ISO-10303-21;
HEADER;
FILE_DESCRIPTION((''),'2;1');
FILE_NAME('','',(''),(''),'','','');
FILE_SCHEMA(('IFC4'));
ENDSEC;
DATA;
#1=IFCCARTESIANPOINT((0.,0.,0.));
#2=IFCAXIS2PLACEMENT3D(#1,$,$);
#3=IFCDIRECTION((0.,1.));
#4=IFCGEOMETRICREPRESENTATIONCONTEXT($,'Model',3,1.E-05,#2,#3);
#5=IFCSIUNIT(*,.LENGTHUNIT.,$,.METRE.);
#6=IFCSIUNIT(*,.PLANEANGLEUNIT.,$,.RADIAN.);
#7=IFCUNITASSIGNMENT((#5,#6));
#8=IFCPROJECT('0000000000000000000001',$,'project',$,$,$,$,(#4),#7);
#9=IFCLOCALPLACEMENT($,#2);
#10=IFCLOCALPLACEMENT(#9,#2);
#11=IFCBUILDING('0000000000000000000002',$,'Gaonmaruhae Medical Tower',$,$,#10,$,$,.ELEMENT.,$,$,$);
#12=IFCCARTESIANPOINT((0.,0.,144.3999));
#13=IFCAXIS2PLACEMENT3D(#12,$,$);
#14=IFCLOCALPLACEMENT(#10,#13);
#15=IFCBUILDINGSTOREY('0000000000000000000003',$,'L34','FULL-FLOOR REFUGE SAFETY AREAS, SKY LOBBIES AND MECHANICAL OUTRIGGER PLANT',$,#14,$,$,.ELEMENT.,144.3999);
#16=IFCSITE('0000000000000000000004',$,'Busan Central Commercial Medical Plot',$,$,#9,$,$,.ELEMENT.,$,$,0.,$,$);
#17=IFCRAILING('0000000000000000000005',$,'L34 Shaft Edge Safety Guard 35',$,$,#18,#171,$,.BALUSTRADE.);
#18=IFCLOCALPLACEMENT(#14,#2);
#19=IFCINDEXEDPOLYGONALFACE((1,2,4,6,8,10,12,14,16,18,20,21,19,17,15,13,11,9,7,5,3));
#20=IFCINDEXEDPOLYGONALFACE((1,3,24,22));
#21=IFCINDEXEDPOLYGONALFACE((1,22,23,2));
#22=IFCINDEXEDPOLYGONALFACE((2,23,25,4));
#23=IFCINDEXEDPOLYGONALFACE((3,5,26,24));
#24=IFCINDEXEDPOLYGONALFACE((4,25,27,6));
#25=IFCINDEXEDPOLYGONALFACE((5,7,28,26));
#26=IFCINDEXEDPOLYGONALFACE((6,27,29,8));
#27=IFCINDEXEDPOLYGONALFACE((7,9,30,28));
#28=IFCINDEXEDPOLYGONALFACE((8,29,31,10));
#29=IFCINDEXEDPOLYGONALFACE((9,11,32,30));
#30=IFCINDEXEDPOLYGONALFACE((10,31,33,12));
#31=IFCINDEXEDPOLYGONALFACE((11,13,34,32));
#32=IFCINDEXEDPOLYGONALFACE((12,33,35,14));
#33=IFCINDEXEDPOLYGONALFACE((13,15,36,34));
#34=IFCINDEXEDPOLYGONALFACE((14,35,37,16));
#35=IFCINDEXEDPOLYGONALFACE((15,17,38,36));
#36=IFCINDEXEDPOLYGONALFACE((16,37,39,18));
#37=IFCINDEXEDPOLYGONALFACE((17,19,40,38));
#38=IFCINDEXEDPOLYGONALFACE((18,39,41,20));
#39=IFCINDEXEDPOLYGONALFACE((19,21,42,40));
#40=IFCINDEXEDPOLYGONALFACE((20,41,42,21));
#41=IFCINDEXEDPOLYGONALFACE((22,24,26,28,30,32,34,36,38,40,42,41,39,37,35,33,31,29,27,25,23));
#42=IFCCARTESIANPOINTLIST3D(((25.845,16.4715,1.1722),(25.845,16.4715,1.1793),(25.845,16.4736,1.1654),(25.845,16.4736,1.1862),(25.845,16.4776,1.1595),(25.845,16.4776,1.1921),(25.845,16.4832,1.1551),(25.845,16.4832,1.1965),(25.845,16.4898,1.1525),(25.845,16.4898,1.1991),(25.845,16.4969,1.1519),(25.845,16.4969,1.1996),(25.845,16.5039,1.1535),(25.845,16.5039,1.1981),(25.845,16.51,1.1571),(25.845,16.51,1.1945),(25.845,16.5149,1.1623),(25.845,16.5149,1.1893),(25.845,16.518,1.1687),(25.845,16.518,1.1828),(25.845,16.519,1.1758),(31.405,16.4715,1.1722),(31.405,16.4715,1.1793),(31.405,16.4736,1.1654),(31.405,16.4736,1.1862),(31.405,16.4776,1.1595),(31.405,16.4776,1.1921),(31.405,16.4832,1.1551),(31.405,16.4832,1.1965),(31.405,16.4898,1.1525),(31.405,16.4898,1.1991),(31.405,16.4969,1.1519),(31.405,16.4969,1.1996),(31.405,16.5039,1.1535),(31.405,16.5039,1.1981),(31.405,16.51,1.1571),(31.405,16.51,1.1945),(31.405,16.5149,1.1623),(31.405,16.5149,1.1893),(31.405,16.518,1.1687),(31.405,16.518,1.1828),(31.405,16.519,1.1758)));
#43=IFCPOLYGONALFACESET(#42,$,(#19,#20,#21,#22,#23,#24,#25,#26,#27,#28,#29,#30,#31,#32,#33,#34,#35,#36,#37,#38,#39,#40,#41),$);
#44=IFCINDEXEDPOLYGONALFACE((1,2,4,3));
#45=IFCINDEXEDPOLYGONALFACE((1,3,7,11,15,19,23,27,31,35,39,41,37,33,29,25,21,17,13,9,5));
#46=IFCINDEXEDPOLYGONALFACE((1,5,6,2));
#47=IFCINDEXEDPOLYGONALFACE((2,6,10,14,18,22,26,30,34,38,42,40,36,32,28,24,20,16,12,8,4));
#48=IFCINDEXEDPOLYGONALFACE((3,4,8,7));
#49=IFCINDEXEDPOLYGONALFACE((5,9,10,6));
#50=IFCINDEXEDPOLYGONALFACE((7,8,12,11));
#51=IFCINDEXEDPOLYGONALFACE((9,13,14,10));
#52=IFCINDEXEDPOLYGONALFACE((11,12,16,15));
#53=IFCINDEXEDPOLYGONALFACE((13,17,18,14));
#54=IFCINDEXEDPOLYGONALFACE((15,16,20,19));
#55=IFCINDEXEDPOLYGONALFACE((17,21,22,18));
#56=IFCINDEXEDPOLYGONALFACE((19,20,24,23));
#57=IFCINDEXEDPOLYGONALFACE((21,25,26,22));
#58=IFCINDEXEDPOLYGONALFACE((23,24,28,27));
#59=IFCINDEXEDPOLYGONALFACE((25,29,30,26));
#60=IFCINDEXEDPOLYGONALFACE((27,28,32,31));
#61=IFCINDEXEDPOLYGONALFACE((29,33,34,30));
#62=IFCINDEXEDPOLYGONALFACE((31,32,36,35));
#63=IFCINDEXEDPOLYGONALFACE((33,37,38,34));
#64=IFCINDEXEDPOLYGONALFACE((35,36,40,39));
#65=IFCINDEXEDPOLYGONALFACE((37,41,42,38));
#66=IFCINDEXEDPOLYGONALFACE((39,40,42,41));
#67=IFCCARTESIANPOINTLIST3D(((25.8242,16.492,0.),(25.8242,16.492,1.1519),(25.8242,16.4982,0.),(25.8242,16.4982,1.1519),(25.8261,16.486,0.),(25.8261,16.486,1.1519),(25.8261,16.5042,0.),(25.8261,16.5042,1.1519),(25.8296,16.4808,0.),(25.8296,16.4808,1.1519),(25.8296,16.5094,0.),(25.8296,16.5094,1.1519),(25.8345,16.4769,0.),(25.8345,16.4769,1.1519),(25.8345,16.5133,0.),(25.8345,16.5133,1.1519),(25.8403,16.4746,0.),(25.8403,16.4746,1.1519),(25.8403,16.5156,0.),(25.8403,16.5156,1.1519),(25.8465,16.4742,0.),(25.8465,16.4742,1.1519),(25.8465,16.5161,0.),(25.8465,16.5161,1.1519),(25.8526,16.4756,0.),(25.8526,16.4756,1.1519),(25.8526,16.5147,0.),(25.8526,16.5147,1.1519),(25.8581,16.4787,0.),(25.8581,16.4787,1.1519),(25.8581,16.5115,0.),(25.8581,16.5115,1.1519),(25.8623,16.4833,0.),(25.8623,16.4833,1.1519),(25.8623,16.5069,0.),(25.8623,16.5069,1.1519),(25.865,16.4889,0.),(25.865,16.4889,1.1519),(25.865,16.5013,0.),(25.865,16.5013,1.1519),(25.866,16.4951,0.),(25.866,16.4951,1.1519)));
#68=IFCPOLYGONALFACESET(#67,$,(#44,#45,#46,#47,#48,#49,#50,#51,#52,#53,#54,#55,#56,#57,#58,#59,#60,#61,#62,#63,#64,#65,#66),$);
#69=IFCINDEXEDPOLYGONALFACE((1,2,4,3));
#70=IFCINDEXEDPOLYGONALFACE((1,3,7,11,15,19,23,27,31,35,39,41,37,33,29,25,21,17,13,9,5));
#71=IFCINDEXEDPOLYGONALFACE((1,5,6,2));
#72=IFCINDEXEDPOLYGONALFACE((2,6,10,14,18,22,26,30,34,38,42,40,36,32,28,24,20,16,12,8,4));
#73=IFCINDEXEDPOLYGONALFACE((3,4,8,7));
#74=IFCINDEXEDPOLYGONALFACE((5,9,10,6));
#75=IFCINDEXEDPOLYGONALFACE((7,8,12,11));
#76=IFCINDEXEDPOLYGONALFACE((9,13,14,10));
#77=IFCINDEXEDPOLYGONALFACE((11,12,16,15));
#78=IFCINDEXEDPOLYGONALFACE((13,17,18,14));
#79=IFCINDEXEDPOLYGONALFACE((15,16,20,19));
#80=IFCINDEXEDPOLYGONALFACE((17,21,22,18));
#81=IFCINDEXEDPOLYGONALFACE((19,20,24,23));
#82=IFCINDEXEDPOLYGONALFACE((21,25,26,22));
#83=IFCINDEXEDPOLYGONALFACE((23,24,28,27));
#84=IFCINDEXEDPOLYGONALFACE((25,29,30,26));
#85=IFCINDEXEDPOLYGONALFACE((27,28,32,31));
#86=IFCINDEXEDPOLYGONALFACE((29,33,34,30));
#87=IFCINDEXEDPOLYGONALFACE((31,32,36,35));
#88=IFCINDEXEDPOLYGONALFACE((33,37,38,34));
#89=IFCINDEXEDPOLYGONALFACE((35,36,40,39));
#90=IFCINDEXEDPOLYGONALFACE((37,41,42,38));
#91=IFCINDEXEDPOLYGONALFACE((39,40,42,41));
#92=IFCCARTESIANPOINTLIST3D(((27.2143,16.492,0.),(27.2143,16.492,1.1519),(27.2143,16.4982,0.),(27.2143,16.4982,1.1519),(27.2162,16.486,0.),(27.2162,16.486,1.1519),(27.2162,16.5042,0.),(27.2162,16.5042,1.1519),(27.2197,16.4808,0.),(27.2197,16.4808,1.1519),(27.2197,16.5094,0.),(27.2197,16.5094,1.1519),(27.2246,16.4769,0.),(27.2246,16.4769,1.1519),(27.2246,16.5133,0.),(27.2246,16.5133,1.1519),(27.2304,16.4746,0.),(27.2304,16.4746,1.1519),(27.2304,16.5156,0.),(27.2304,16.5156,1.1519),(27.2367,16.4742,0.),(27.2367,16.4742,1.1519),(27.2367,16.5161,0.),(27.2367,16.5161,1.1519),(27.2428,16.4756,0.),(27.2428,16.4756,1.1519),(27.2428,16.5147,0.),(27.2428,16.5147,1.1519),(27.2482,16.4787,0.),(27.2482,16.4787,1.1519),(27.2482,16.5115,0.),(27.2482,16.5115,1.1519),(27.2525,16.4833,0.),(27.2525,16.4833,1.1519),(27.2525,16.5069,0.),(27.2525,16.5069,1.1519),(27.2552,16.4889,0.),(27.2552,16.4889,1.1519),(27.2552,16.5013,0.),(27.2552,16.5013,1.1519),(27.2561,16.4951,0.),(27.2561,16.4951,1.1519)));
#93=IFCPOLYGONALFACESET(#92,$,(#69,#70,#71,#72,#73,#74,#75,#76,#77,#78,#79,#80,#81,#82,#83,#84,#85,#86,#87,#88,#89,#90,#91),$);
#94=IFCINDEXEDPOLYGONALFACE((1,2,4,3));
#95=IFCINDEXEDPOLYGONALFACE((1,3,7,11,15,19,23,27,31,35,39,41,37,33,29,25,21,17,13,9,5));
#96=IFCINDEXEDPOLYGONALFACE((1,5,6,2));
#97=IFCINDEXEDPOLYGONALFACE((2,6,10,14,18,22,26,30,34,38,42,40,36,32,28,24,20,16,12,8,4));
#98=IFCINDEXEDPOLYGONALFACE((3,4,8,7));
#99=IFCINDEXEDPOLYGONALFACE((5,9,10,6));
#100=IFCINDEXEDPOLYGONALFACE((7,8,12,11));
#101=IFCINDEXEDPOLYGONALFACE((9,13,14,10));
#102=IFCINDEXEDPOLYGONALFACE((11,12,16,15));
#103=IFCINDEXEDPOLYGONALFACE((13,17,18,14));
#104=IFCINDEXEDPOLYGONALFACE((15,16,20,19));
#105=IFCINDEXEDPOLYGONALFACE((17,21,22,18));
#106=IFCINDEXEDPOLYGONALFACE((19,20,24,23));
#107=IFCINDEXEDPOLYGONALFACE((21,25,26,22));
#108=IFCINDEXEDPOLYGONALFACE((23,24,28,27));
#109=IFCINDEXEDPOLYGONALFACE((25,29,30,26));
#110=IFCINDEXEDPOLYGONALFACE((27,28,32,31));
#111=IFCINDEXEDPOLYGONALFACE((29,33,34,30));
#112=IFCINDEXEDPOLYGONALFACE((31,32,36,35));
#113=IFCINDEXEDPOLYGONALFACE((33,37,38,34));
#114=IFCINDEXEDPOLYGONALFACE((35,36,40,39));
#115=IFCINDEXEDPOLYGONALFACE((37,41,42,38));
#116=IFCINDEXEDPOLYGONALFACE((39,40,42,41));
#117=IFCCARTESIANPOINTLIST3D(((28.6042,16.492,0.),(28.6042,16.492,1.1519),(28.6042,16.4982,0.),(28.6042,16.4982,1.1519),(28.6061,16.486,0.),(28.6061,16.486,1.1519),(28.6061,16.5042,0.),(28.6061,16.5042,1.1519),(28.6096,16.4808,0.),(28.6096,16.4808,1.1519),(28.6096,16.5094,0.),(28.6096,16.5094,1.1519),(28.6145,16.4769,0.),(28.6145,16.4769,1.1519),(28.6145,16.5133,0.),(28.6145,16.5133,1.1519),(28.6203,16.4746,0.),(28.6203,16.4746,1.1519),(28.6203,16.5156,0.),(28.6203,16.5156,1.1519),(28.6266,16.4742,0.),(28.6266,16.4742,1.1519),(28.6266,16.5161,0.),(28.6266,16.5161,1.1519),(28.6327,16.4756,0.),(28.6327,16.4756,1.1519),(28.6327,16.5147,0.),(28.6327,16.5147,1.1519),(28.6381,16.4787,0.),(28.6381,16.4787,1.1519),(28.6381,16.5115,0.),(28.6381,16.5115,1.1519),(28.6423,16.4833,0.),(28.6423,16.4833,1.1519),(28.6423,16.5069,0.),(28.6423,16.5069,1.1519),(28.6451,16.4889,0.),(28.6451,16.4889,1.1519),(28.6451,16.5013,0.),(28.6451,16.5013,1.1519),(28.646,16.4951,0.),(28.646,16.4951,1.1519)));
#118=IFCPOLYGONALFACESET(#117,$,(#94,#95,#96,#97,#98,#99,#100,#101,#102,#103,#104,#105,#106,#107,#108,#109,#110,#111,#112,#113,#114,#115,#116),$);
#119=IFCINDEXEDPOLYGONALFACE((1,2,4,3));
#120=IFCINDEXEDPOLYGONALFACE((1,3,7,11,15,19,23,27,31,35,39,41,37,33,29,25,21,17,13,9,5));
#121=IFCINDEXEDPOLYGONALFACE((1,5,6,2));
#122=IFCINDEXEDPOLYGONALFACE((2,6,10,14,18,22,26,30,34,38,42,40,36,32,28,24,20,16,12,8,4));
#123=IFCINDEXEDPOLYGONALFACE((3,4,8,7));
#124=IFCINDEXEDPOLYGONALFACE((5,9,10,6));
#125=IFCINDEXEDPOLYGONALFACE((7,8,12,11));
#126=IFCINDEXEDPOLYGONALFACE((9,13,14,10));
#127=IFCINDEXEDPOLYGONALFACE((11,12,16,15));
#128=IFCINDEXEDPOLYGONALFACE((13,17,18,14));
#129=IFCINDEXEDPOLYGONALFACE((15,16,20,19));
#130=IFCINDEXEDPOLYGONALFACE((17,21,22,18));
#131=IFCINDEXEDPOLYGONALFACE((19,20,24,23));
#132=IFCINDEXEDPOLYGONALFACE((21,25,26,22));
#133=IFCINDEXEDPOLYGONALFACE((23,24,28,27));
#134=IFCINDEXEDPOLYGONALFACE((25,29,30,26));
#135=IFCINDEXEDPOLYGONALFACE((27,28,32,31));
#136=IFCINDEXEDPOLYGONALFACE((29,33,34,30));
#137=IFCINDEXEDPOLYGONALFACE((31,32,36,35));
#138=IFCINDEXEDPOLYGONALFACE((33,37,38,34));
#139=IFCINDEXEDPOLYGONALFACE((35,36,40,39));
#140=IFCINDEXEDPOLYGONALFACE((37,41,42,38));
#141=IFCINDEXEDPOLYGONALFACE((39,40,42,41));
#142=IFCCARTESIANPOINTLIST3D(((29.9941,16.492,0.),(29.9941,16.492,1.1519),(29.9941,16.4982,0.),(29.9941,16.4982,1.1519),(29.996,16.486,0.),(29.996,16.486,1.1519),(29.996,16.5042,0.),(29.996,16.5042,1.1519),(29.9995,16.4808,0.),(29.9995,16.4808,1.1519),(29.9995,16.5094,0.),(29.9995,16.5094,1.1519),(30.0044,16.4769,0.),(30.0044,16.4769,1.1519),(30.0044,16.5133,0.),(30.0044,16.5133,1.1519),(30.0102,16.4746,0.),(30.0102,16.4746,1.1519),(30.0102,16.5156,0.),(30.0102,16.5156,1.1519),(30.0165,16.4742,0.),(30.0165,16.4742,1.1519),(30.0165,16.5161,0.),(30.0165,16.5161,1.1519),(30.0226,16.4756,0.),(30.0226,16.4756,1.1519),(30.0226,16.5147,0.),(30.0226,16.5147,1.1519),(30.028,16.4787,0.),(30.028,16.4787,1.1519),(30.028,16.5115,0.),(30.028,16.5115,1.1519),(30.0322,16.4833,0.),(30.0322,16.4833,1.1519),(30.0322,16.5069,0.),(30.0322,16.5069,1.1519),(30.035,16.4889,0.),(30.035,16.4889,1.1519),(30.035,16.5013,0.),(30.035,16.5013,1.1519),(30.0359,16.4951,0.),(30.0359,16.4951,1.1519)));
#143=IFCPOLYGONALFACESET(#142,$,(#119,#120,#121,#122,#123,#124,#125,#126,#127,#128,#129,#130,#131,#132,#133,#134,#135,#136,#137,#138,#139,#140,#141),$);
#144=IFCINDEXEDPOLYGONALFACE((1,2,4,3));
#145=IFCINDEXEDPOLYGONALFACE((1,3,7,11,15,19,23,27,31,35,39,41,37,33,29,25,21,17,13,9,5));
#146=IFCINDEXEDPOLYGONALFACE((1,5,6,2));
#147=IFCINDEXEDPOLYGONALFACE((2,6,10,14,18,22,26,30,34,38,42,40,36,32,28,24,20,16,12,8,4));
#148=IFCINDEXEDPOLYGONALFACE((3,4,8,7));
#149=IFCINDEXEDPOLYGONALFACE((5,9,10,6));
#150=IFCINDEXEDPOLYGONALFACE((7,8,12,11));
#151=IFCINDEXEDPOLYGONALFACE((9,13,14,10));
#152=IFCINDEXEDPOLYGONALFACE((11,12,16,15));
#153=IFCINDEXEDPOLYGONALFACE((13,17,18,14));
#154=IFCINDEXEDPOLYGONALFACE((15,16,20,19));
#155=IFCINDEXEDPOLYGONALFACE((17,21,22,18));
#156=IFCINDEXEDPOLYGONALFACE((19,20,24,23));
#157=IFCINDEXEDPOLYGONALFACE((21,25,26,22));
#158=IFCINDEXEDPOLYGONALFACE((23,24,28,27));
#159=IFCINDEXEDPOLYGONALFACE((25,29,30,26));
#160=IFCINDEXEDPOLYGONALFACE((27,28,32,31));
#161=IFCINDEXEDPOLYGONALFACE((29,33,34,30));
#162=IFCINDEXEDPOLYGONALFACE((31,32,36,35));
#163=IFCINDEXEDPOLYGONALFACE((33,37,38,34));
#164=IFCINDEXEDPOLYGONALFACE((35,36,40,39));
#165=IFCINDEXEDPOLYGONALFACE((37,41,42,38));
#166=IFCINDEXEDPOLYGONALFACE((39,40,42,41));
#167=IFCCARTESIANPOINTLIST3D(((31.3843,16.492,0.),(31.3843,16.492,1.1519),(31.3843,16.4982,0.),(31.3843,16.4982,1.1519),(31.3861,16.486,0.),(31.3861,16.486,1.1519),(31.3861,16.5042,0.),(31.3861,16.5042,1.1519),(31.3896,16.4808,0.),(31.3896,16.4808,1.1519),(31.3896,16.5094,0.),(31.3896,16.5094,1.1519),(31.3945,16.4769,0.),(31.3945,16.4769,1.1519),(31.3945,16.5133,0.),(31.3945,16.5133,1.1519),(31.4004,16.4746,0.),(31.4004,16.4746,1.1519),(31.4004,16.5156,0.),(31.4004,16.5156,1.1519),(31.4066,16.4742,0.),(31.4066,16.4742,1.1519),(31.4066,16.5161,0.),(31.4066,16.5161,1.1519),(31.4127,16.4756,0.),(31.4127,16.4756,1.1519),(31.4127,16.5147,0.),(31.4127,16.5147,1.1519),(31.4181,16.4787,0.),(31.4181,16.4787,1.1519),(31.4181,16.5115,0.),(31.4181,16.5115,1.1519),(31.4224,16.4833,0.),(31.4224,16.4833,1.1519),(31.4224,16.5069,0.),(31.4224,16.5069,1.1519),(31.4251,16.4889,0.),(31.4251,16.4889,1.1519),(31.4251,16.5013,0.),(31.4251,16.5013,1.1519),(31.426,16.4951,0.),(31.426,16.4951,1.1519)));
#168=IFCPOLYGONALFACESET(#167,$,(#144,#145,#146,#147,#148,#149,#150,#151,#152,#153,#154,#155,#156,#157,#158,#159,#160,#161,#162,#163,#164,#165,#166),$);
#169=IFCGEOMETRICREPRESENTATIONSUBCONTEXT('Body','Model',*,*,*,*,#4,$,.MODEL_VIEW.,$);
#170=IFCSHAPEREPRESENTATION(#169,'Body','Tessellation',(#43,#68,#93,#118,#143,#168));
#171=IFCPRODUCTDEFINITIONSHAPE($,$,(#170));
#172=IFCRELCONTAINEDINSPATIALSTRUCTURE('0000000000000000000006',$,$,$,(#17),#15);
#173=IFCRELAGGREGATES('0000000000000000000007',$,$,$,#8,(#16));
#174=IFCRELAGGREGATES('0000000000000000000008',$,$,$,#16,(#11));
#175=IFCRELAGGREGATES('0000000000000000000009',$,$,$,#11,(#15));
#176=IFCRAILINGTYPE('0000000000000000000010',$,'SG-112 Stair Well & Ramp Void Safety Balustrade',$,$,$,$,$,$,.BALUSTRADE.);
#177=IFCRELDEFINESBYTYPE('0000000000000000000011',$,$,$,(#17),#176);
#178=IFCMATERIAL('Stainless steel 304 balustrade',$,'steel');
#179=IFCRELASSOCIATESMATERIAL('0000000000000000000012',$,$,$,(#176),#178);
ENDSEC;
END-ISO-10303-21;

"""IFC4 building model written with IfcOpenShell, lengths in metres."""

from ifc_helpers import new_model, si_unit, direction, frame, origin, origin_2d, place, context, subcontext, project, spatial, circle, extrude, material, type_object, element, save


model = new_model("IFC4")

# Units and contexts
model_context = context("Model", 3, precision=1e-05, world=origin(), true_north=direction((0.0, 1.0)))
body_context = subcontext(model_context, "Body", "Model", "MODEL_VIEW")
ifc_project = project(units=[si_unit("LENGTHUNIT", "METRE"), si_unit("PLANEANGLEUNIT", "RADIAN")], contexts=[model_context])

# Site, building, storey
site_placement = place(None, origin())
site = spatial("IfcSite", under=ifc_project, at=site_placement, Name="Busan Central Commercial Medical Plot", CompositionType="ELEMENT", RefElevation=0.0)
building_placement = place(site_placement, origin())
building = spatial("IfcBuilding", under=site, at=building_placement, Name="Gaonmaruhae Medical Tower", CompositionType="ELEMENT")
storey_placement = place(building_placement, frame((0.0, 0.0, 144.3999)))
storey = spatial("IfcBuildingStorey", under=building, at=storey_placement, Name="L34", Description="FULL-FLOOR REFUGE SAFETY AREAS, SKY LOBBIES AND MECHANICAL OUTRIGGER PLANT", CompositionType="ELEMENT", Elevation=144.3999)

# Railing
ifc_material_1 = material(Name="Stainless steel 304 balustrade", Category="steel")
railing_type = type_object("IfcRailingType", Name="SG-112 Stair Well & Ramp Void Safety Balustrade", PredefinedType="BALUSTRADE", material=ifc_material_1)
railing_1_placement = place(storey_placement, frame((25.845, 16.4951, 0.0)))
element("IfcRailing", 1, at=railing_1_placement, inside=storey, type_object=railing_type, Name="L34 Shaft Edge Safety Guard 35", PredefinedType="BALUSTRADE", context=body_context, shape_type="SweptSolid", body=[
    extrude(circle(Radius=0.0239, at=origin_2d()), frame((0.0, 0.0, 1.1758), z_axis=(1.0, 0.0, 0.0), x_axis=(0.0, 1.0, 0.0)), (0.0, 0.0, 1.0), 5.5601),
    extrude(circle(Radius=0.021, at=origin_2d()), origin(), (0.0, 0.0, 1.0), 1.1519),
    extrude(circle(Radius=0.021, at=origin_2d()), frame((1.3901, 0.0, 0.0)), (0.0, 0.0, 1.0), 1.1519),
    extrude(circle(Radius=0.021, at=origin_2d()), frame((2.78, 0.0, 0.0)), (0.0, 0.0, 1.0), 1.1519),
    extrude(circle(Radius=0.021, at=origin_2d()), frame((4.1699, 0.0, 0.0)), (0.0, 0.0, 1.0), 1.1519),
    extrude(circle(Radius=0.021, at=origin_2d()), frame((5.5601, 0.0, 0.0)), (0.0, 0.0, 1.0), 1.1519),
])

save(model, "model.ifc")
